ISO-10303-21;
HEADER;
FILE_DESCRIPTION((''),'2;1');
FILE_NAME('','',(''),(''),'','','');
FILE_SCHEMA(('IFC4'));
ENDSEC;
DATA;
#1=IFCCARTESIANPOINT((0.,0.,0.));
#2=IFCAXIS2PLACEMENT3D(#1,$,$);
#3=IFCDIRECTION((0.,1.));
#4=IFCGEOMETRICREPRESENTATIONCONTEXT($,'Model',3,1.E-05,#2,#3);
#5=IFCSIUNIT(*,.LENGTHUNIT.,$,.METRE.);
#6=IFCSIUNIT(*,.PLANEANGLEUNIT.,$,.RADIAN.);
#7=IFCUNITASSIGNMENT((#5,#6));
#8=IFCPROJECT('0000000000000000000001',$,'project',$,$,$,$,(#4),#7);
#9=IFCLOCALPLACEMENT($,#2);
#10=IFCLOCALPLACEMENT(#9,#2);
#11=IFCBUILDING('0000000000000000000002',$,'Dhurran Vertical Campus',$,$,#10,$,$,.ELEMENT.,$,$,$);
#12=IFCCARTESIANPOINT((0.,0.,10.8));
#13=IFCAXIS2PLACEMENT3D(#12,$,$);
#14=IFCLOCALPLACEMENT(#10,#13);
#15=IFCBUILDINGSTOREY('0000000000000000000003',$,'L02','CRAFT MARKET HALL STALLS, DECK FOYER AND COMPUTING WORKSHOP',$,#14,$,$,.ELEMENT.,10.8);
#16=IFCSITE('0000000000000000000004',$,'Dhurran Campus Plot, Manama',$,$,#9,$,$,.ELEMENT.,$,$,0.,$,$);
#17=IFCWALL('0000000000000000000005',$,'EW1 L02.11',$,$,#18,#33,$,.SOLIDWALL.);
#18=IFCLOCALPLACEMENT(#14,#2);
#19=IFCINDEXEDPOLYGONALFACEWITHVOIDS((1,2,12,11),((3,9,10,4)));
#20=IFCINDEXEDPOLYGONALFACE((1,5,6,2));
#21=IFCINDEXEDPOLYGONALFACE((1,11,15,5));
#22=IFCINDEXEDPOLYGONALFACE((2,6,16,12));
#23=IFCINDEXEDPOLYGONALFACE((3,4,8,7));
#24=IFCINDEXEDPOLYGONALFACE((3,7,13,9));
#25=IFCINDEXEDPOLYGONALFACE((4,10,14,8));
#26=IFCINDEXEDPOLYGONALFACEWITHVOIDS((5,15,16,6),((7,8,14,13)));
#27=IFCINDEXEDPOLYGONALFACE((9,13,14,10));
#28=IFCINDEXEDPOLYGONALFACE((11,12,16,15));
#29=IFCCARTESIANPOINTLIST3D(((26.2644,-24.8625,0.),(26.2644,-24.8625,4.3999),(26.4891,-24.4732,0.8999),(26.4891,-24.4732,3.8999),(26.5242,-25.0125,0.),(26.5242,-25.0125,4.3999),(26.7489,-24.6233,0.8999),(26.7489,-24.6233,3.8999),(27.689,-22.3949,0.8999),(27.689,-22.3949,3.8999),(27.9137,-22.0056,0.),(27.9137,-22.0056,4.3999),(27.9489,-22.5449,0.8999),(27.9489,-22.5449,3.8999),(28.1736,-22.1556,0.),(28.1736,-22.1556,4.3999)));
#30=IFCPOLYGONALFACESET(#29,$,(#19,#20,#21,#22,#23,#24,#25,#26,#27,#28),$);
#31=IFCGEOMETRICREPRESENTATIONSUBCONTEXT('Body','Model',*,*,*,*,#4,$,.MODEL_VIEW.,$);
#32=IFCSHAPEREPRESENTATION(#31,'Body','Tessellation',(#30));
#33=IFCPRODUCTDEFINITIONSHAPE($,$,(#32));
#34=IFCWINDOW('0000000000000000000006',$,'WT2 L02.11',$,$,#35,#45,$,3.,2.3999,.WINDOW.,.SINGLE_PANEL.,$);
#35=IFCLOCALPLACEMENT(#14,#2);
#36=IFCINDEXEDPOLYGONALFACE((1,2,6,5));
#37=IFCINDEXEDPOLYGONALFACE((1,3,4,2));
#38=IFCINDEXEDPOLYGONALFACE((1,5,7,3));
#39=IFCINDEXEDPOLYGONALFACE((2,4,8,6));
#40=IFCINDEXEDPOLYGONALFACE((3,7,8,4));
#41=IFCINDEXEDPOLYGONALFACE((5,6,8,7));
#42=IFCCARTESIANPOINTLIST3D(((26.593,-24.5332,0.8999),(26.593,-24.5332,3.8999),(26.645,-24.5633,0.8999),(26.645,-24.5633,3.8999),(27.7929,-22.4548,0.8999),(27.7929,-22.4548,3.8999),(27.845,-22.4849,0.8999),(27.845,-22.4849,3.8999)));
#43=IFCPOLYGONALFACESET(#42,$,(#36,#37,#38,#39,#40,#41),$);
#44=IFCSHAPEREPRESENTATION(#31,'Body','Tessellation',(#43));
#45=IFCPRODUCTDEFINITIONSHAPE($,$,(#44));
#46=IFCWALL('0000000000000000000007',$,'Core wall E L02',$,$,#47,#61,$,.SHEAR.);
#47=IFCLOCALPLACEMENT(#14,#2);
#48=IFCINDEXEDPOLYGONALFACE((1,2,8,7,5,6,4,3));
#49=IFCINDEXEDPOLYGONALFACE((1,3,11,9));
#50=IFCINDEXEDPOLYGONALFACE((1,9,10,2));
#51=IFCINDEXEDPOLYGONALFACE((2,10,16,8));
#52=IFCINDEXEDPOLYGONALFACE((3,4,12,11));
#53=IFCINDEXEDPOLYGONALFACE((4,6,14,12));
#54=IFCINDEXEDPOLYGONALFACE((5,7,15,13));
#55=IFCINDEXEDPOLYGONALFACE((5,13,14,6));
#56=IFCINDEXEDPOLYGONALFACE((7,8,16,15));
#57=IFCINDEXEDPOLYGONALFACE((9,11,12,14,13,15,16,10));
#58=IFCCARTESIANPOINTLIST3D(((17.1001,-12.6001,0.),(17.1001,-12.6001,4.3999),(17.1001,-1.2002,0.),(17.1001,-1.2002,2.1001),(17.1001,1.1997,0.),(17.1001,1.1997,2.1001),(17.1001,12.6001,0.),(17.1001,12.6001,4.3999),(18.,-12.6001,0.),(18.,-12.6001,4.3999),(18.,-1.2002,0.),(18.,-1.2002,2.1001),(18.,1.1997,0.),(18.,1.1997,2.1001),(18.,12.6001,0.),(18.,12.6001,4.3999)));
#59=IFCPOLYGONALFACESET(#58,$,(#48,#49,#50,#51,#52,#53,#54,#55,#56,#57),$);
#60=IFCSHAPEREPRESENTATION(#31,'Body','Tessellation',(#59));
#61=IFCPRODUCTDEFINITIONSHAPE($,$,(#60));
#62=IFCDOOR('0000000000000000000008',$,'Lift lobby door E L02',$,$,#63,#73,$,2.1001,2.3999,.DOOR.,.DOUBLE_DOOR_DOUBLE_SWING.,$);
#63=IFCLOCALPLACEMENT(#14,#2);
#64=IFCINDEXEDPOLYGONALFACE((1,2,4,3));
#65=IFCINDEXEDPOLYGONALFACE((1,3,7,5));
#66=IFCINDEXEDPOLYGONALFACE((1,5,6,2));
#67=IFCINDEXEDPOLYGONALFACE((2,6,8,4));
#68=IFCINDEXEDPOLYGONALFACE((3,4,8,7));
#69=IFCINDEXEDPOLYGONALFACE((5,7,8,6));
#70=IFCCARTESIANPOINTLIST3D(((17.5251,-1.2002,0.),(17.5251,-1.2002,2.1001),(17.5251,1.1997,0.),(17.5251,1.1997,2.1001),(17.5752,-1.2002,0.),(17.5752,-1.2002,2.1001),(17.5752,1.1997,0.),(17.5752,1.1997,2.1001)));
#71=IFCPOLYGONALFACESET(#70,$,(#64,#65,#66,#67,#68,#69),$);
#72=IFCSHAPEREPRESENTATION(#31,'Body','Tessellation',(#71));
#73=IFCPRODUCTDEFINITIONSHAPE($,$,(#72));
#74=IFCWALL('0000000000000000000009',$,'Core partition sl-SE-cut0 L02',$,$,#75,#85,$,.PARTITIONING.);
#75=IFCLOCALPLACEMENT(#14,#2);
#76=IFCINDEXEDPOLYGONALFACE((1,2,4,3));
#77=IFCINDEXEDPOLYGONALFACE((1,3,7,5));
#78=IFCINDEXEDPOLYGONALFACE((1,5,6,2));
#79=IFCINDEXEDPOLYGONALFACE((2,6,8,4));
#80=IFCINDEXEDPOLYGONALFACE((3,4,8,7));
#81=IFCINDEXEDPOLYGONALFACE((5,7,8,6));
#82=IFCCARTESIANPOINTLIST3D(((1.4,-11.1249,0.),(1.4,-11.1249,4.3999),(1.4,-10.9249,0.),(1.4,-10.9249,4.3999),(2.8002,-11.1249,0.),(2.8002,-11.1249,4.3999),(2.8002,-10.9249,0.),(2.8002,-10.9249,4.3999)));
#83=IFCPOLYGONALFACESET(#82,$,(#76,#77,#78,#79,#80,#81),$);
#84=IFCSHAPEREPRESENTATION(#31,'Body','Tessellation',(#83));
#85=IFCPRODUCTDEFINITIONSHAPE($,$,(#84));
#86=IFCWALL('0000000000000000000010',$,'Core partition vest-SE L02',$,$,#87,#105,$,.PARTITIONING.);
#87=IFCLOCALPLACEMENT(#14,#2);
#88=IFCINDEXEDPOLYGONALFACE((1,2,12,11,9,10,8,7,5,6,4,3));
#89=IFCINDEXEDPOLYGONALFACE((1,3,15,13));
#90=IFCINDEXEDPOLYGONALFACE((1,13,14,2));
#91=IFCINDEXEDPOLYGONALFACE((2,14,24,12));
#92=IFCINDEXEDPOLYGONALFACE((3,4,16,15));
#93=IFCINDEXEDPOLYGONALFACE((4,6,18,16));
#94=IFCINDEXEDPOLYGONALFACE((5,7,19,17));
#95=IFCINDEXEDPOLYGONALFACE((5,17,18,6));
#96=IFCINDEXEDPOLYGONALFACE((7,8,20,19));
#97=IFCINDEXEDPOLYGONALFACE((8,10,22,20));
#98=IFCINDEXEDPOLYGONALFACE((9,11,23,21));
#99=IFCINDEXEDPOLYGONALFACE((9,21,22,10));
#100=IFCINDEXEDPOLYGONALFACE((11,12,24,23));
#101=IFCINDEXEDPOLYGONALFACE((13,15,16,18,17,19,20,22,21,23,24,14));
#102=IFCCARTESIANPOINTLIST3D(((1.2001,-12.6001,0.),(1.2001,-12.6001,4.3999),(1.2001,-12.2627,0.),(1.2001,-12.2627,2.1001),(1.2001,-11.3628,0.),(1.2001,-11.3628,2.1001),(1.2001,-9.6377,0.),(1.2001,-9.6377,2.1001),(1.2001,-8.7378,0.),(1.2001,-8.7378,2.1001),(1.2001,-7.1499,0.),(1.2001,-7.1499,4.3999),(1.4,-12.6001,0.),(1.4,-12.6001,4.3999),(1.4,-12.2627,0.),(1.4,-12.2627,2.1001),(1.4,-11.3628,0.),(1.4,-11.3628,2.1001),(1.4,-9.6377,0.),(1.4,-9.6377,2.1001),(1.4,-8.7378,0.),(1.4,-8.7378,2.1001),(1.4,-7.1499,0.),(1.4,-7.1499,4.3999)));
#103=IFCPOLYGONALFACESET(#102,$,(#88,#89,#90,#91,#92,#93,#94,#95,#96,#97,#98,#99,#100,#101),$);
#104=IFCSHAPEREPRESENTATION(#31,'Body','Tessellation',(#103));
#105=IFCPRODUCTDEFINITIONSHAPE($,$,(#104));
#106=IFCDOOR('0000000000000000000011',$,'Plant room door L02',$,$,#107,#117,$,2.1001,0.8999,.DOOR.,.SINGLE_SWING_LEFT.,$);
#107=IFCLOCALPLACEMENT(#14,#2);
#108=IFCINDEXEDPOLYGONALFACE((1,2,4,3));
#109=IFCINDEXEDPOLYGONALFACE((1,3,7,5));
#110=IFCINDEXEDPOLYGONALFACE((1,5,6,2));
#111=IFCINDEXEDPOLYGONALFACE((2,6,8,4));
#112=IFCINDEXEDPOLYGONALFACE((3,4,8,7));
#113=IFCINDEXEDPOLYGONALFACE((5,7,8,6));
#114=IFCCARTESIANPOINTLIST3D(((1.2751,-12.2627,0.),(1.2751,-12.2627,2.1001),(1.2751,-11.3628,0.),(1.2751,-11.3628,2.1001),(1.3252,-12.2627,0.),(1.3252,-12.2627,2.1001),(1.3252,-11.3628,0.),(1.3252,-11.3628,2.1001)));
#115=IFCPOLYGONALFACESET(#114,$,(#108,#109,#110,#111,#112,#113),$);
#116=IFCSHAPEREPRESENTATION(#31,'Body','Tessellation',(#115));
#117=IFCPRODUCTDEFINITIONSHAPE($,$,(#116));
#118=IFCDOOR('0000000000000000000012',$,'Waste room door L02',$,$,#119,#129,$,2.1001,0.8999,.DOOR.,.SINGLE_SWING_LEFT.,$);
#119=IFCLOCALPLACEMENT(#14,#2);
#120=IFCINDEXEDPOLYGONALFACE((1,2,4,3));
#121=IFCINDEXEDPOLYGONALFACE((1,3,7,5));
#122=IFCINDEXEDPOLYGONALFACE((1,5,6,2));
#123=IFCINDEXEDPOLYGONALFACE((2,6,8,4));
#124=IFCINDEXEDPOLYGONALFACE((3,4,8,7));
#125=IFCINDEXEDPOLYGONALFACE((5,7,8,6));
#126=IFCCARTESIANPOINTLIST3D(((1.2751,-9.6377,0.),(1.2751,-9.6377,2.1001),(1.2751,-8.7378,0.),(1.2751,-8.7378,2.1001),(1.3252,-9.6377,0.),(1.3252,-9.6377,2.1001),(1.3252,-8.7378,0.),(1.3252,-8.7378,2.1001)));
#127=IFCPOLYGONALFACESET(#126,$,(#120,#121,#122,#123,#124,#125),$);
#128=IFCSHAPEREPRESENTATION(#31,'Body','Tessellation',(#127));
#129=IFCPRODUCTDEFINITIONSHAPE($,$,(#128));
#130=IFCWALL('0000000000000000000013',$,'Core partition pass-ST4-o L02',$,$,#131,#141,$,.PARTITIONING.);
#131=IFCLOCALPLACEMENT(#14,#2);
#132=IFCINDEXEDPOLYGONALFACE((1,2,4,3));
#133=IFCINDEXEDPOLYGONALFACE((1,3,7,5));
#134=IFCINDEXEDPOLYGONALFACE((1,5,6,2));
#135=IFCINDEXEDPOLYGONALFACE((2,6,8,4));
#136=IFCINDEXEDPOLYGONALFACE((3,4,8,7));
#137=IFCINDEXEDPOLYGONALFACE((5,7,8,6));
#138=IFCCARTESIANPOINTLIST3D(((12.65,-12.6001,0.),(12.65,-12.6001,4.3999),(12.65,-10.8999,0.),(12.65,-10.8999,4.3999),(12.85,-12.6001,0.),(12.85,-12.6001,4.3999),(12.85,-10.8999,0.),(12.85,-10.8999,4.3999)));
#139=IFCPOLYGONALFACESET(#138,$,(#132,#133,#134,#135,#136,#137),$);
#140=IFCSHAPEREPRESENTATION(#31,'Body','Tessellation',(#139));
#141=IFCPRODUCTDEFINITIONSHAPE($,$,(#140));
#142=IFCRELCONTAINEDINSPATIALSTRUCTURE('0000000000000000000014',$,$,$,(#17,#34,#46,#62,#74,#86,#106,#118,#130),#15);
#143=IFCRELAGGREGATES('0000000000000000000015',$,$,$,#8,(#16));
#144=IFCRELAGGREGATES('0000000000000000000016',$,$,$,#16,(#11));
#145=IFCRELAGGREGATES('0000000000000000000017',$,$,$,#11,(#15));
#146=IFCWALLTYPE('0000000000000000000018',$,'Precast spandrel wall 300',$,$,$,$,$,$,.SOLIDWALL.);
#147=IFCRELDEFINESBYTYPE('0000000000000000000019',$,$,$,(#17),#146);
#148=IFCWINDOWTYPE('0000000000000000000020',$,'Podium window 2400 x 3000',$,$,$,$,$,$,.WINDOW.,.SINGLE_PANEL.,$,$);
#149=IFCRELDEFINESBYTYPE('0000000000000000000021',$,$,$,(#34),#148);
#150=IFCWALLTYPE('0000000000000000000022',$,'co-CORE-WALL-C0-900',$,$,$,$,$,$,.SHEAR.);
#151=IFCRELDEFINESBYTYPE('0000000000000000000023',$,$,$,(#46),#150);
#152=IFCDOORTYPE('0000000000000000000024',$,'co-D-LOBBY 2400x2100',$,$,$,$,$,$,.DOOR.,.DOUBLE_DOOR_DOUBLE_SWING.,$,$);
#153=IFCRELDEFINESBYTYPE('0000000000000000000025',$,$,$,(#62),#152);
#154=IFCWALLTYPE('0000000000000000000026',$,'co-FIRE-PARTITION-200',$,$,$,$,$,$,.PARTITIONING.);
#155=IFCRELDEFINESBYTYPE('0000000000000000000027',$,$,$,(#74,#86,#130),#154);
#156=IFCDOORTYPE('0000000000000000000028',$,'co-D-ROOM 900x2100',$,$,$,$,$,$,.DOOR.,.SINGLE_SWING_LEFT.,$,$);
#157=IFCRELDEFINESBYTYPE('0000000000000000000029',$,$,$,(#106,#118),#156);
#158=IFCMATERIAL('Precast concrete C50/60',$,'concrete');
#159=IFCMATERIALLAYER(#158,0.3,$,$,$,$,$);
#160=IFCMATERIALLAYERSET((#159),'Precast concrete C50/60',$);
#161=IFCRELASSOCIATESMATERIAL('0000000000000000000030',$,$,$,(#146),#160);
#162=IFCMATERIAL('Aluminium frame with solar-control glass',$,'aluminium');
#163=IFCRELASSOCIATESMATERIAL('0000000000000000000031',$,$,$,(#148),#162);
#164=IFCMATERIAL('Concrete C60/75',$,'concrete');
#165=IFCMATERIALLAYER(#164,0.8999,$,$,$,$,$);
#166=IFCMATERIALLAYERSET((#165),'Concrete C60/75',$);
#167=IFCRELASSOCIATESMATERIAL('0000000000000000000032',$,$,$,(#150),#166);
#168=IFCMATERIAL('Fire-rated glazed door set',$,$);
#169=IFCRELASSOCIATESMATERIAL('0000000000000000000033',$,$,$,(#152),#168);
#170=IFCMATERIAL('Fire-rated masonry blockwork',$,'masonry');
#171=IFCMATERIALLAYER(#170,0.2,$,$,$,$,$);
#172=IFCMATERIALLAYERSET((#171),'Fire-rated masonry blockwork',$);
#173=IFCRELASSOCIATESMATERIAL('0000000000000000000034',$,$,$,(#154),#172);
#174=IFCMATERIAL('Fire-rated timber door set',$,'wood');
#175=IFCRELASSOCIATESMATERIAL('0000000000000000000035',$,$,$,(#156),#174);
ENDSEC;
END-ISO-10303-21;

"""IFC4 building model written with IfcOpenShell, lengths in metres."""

from ifc_helpers import new_model, si_unit, direction, frame, frame_2d, origin, place, context, subcontext, project, spatial, rectangle, extrude, material, layer, layer_set, type_object, element, fill, save


model = new_model("IFC4")

# Units and contexts
model_context = context("Model", 3, precision=1e-05, world=origin(), true_north=direction((0.0, 1.0)))
body_context = subcontext(model_context, "Body", "Model", "MODEL_VIEW")
ifc_project = project(units=[si_unit("LENGTHUNIT", "METRE"), si_unit("PLANEANGLEUNIT", "RADIAN")], contexts=[model_context])

# Site, building, storey
site_placement = place(None, origin())
site = spatial("IfcSite", under=ifc_project, at=site_placement, Name="Dhurran Campus Plot, Manama", CompositionType="ELEMENT", RefElevation=0.0)
building_placement = place(site_placement, origin())
building = spatial("IfcBuilding", under=site, at=building_placement, Name="Dhurran Vertical Campus", CompositionType="ELEMENT")
storey_placement = place(building_placement, frame((0.0, 0.0, 10.8)))
storey = spatial("IfcBuildingStorey", under=building, at=storey_placement, Name="L02", Description="CRAFT MARKET HALL STALLS, DECK FOYER AND COMPUTING WORKSHOP", CompositionType="ELEMENT", Elevation=10.8)

# Wall, opening, window
ifc_material_1 = material(Name="Precast concrete C50/60", Category="concrete")
ifc_layer_1 = layer(ifc_material_1, 0.3)
ifc_layer_set_1 = layer_set([ifc_layer_1], Name="Precast concrete C50/60")
wall_type_1 = type_object("IfcWallType", Name="Precast spandrel wall 300", PredefinedType="SOLIDWALL", material=ifc_layer_set_1)
wall_1_placement = place(storey_placement, frame((26.3943, -24.9375, 0.0), z_axis=(0.0, 0.0, 1.0), x_axis=(0.499992, 0.86603, 0.0)))
wall_1 = element("IfcWall", 1, at=wall_1_placement, inside=storey, type_object=wall_type_1, Name="EW1 L02.11", PredefinedType="SOLIDWALL", context=body_context, shape_type="SweptSolid", body=[
    extrude(rectangle(XDim=3.2988, YDim=0.3, at=frame_2d((1.6494, 0.0))), origin(), (0.0, 0.0, 1.0), 4.3999),
])
opening_1_placement = place(wall_1_placement, frame((0.4495, 0.0, 0.8999)))
opening_1 = element("IfcOpeningElement", 2, at=opening_1_placement, cuts=wall_1, PredefinedType="OPENING", context=body_context, shape_type="SweptSolid", body=[
    extrude(rectangle(XDim=2.3999, YDim=3.0, at=frame_2d((1.2, 1.5))), frame((0.0, 0.1599, 0.0), z_axis=(0.0, -1.0, 0.0), x_axis=(1.0, 0.0, 0.0)), (0.0, 0.0, 1.0), 0.3201),
])
ifc_material_2 = material(Name="Aluminium frame with solar-control glass", Category="aluminium")
window_type = type_object("IfcWindowType", Name="Podium window 2400 x 3000", PartitioningType="SINGLE_PANEL", PredefinedType="WINDOW", material=ifc_material_2)
window_placement = place(opening_1_placement, origin())
window = element("IfcWindow", 3, at=window_placement, inside=storey, type_object=window_type, Name="WT2 L02.11", OverallHeight=3.0, OverallWidth=2.3999, PartitioningType="SINGLE_PANEL", PredefinedType="WINDOW", context=body_context, shape_type="SweptSolid", body=[
    extrude(rectangle(XDim=2.3999, YDim=3.0, at=frame_2d((1.2, 1.5))), frame((0.0, 0.03, 0.0), z_axis=(0.0, -1.0, 0.0), x_axis=(1.0, 0.0, 0.0)), (0.0, 0.0, 1.0), 0.0601),
])
fill(opening_1, window)

# Wall, opening, door
ifc_material_3 = material(Name="Concrete C60/75", Category="concrete")
ifc_layer_2 = layer(ifc_material_3, 0.8999)
ifc_layer_set_2 = layer_set([ifc_layer_2], Name="Concrete C60/75")
wall_type_2 = type_object("IfcWallType", Name="co-CORE-WALL-C0-900", PredefinedType="SHEAR", material=ifc_layer_set_2)
wall_2_placement = place(storey_placement, frame((17.55, -12.6001, 0.0), z_axis=(0.0, 0.0, 1.0), x_axis=(0.0, 1.0, 0.0)))
wall_2 = element("IfcWall", 4, at=wall_2_placement, inside=storey, type_object=wall_type_2, Name="Core wall E L02", PredefinedType="SHEAR", context=body_context, shape_type="SweptSolid", body=[
    extrude(rectangle(XDim=25.2002, YDim=0.8999, at=frame_2d((12.6001, 0.0))), origin(), (0.0, 0.0, 1.0), 4.3999),
])
opening_2_placement = place(wall_2_placement, frame((11.3999, 0.0, 0.0)))
opening_2 = element("IfcOpeningElement", 5, at=opening_2_placement, cuts=wall_2, PredefinedType="OPENING", context=body_context, shape_type="SweptSolid", body=[
    extrude(rectangle(XDim=2.3999, YDim=2.1001, at=frame_2d((1.2, 1.05))), frame((0.0, 0.46, 0.0), z_axis=(0.0, -1.0, 0.0), x_axis=(1.0, 0.0, 0.0)), (0.0, 0.0, 1.0), 0.9199),
])
ifc_material_4 = material(Name="Fire-rated glazed door set")
door_type_1 = type_object("IfcDoorType", Name="co-D-LOBBY 2400x2100", OperationType="DOUBLE_DOOR_DOUBLE_SWING", PredefinedType="DOOR", material=ifc_material_4)
door_1_placement = place(opening_2_placement, origin())
door_1 = element("IfcDoor", 6, at=door_1_placement, inside=storey, type_object=door_type_1, Name="Lift lobby door E L02", OperationType="DOUBLE_DOOR_DOUBLE_SWING", OverallHeight=2.1001, OverallWidth=2.3999, PredefinedType="DOOR", context=body_context, shape_type="SweptSolid", body=[
    extrude(rectangle(XDim=2.3999, YDim=2.1001, at=frame_2d((1.2, 1.05))), frame((0.0, 0.0249, 0.0), z_axis=(0.0, -1.0, 0.0), x_axis=(1.0, 0.0, 0.0)), (0.0, 0.0, 1.0), 0.05),
])
fill(opening_2, door_1)

# Wall
ifc_material_5 = material(Name="Fire-rated masonry blockwork", Category="masonry")
ifc_layer_3 = layer(ifc_material_5, 0.2)
ifc_layer_set_3 = layer_set([ifc_layer_3], Name="Fire-rated masonry blockwork")
wall_type_3 = type_object("IfcWallType", Name="co-FIRE-PARTITION-200", PredefinedType="PARTITIONING", material=ifc_layer_set_3)
wall_3_placement = place(storey_placement, frame((1.3999, -11.0249, 0.0), z_axis=(0.0, 0.0, 1.0), x_axis=(1.0, 0.0, 0.0)))
element("IfcWall", 7, at=wall_3_placement, inside=storey, type_object=wall_type_3, Name="Core partition sl-SE-cut0 L02", PredefinedType="PARTITIONING", context=body_context, shape_type="SweptSolid", body=[
    extrude(rectangle(XDim=1.4001, YDim=0.2, at=frame_2d((0.7002, 0.0))), origin(), (0.0, 0.0, 1.0), 4.3999),
])

# Wall, openings, doors
wall_4_placement = place(storey_placement, frame((1.3, -12.6001, 0.0), z_axis=(0.0, 0.0, 1.0), x_axis=(0.0, 1.0, 0.0)))
wall_4 = element("IfcWall", 8, at=wall_4_placement, inside=storey, type_object=wall_type_3, Name="Core partition vest-SE L02", PredefinedType="PARTITIONING", context=body_context, shape_type="SweptSolid", body=[
    extrude(rectangle(XDim=5.4502, YDim=0.2, at=frame_2d((2.7251, 0.0))), origin(), (0.0, 0.0, 1.0), 4.3999),
])
opening_3_placement = place(wall_4_placement, frame((0.3374, 0.0, 0.0)))
opening_3 = element("IfcOpeningElement", 9, at=opening_3_placement, cuts=wall_4, PredefinedType="OPENING", context=body_context, shape_type="SweptSolid", body=[
    extrude(rectangle(XDim=0.8999, YDim=2.1001, at=frame_2d((0.45, 1.05))), frame((0.0, 0.1099, 0.0), z_axis=(0.0, -1.0, 0.0), x_axis=(1.0, 0.0, 0.0)), (0.0, 0.0, 1.0), 0.22),
])
opening_4_placement = place(wall_4_placement, frame((2.9624, 0.0, 0.0)))
opening_4 = element("IfcOpeningElement", 10, at=opening_4_placement, cuts=wall_4, PredefinedType="OPENING", context=body_context, shape_type="SweptSolid", body=[
    extrude(rectangle(XDim=0.8999, YDim=2.1001, at=frame_2d((0.45, 1.05))), frame((0.0, 0.1099, 0.0), z_axis=(0.0, -1.0, 0.0), x_axis=(1.0, 0.0, 0.0)), (0.0, 0.0, 1.0), 0.22),
])
ifc_material_6 = material(Name="Fire-rated timber door set", Category="wood")
door_type_2 = type_object("IfcDoorType", Name="co-D-ROOM 900x2100", OperationType="SINGLE_SWING_LEFT", PredefinedType="DOOR", material=ifc_material_6)
door_2_placement = place(opening_3_placement, origin())
door_2 = element("IfcDoor", 11, at=door_2_placement, inside=storey, type_object=door_type_2, Name="Plant room door L02", OperationType="SINGLE_SWING_LEFT", OverallHeight=2.1001, OverallWidth=0.8999, PredefinedType="DOOR", context=body_context, shape_type="SweptSolid", body=[
    extrude(rectangle(XDim=0.8999, YDim=2.1001, at=frame_2d((0.45, 1.05))), frame((0.0, 0.0249, 0.0), z_axis=(0.0, -1.0, 0.0), x_axis=(1.0, 0.0, 0.0)), (0.0, 0.0, 1.0), 0.05),
])
fill(opening_3, door_2)
door_3_placement = place(opening_4_placement, origin())
door_3 = element("IfcDoor", 12, at=door_3_placement, inside=storey, type_object=door_type_2, Name="Waste room door L02", OperationType="SINGLE_SWING_LEFT", OverallHeight=2.1001, OverallWidth=0.8999, PredefinedType="DOOR", context=body_context, shape_type="SweptSolid", body=[
    extrude(rectangle(XDim=0.8999, YDim=2.1001, at=frame_2d((0.45, 1.05))), frame((0.0, 0.0249, 0.0), z_axis=(0.0, -1.0, 0.0), x_axis=(1.0, 0.0, 0.0)), (0.0, 0.0, 1.0), 0.05),
])
fill(opening_4, door_3)

# Wall
wall_5_placement = place(storey_placement, frame((12.75, -12.6001, 0.0), z_axis=(0.0, 0.0, 1.0), x_axis=(0.0, 1.0, 0.0)))
element("IfcWall", 13, at=wall_5_placement, inside=storey, type_object=wall_type_3, Name="Core partition pass-ST4-o L02", PredefinedType="PARTITIONING", context=body_context, shape_type="SweptSolid", body=[
    extrude(rectangle(XDim=1.7002, YDim=0.2, at=frame_2d((0.8501, 0.0))), origin(), (0.0, 0.0, 1.0), 4.3999),
])

save(model, "model.ifc")
